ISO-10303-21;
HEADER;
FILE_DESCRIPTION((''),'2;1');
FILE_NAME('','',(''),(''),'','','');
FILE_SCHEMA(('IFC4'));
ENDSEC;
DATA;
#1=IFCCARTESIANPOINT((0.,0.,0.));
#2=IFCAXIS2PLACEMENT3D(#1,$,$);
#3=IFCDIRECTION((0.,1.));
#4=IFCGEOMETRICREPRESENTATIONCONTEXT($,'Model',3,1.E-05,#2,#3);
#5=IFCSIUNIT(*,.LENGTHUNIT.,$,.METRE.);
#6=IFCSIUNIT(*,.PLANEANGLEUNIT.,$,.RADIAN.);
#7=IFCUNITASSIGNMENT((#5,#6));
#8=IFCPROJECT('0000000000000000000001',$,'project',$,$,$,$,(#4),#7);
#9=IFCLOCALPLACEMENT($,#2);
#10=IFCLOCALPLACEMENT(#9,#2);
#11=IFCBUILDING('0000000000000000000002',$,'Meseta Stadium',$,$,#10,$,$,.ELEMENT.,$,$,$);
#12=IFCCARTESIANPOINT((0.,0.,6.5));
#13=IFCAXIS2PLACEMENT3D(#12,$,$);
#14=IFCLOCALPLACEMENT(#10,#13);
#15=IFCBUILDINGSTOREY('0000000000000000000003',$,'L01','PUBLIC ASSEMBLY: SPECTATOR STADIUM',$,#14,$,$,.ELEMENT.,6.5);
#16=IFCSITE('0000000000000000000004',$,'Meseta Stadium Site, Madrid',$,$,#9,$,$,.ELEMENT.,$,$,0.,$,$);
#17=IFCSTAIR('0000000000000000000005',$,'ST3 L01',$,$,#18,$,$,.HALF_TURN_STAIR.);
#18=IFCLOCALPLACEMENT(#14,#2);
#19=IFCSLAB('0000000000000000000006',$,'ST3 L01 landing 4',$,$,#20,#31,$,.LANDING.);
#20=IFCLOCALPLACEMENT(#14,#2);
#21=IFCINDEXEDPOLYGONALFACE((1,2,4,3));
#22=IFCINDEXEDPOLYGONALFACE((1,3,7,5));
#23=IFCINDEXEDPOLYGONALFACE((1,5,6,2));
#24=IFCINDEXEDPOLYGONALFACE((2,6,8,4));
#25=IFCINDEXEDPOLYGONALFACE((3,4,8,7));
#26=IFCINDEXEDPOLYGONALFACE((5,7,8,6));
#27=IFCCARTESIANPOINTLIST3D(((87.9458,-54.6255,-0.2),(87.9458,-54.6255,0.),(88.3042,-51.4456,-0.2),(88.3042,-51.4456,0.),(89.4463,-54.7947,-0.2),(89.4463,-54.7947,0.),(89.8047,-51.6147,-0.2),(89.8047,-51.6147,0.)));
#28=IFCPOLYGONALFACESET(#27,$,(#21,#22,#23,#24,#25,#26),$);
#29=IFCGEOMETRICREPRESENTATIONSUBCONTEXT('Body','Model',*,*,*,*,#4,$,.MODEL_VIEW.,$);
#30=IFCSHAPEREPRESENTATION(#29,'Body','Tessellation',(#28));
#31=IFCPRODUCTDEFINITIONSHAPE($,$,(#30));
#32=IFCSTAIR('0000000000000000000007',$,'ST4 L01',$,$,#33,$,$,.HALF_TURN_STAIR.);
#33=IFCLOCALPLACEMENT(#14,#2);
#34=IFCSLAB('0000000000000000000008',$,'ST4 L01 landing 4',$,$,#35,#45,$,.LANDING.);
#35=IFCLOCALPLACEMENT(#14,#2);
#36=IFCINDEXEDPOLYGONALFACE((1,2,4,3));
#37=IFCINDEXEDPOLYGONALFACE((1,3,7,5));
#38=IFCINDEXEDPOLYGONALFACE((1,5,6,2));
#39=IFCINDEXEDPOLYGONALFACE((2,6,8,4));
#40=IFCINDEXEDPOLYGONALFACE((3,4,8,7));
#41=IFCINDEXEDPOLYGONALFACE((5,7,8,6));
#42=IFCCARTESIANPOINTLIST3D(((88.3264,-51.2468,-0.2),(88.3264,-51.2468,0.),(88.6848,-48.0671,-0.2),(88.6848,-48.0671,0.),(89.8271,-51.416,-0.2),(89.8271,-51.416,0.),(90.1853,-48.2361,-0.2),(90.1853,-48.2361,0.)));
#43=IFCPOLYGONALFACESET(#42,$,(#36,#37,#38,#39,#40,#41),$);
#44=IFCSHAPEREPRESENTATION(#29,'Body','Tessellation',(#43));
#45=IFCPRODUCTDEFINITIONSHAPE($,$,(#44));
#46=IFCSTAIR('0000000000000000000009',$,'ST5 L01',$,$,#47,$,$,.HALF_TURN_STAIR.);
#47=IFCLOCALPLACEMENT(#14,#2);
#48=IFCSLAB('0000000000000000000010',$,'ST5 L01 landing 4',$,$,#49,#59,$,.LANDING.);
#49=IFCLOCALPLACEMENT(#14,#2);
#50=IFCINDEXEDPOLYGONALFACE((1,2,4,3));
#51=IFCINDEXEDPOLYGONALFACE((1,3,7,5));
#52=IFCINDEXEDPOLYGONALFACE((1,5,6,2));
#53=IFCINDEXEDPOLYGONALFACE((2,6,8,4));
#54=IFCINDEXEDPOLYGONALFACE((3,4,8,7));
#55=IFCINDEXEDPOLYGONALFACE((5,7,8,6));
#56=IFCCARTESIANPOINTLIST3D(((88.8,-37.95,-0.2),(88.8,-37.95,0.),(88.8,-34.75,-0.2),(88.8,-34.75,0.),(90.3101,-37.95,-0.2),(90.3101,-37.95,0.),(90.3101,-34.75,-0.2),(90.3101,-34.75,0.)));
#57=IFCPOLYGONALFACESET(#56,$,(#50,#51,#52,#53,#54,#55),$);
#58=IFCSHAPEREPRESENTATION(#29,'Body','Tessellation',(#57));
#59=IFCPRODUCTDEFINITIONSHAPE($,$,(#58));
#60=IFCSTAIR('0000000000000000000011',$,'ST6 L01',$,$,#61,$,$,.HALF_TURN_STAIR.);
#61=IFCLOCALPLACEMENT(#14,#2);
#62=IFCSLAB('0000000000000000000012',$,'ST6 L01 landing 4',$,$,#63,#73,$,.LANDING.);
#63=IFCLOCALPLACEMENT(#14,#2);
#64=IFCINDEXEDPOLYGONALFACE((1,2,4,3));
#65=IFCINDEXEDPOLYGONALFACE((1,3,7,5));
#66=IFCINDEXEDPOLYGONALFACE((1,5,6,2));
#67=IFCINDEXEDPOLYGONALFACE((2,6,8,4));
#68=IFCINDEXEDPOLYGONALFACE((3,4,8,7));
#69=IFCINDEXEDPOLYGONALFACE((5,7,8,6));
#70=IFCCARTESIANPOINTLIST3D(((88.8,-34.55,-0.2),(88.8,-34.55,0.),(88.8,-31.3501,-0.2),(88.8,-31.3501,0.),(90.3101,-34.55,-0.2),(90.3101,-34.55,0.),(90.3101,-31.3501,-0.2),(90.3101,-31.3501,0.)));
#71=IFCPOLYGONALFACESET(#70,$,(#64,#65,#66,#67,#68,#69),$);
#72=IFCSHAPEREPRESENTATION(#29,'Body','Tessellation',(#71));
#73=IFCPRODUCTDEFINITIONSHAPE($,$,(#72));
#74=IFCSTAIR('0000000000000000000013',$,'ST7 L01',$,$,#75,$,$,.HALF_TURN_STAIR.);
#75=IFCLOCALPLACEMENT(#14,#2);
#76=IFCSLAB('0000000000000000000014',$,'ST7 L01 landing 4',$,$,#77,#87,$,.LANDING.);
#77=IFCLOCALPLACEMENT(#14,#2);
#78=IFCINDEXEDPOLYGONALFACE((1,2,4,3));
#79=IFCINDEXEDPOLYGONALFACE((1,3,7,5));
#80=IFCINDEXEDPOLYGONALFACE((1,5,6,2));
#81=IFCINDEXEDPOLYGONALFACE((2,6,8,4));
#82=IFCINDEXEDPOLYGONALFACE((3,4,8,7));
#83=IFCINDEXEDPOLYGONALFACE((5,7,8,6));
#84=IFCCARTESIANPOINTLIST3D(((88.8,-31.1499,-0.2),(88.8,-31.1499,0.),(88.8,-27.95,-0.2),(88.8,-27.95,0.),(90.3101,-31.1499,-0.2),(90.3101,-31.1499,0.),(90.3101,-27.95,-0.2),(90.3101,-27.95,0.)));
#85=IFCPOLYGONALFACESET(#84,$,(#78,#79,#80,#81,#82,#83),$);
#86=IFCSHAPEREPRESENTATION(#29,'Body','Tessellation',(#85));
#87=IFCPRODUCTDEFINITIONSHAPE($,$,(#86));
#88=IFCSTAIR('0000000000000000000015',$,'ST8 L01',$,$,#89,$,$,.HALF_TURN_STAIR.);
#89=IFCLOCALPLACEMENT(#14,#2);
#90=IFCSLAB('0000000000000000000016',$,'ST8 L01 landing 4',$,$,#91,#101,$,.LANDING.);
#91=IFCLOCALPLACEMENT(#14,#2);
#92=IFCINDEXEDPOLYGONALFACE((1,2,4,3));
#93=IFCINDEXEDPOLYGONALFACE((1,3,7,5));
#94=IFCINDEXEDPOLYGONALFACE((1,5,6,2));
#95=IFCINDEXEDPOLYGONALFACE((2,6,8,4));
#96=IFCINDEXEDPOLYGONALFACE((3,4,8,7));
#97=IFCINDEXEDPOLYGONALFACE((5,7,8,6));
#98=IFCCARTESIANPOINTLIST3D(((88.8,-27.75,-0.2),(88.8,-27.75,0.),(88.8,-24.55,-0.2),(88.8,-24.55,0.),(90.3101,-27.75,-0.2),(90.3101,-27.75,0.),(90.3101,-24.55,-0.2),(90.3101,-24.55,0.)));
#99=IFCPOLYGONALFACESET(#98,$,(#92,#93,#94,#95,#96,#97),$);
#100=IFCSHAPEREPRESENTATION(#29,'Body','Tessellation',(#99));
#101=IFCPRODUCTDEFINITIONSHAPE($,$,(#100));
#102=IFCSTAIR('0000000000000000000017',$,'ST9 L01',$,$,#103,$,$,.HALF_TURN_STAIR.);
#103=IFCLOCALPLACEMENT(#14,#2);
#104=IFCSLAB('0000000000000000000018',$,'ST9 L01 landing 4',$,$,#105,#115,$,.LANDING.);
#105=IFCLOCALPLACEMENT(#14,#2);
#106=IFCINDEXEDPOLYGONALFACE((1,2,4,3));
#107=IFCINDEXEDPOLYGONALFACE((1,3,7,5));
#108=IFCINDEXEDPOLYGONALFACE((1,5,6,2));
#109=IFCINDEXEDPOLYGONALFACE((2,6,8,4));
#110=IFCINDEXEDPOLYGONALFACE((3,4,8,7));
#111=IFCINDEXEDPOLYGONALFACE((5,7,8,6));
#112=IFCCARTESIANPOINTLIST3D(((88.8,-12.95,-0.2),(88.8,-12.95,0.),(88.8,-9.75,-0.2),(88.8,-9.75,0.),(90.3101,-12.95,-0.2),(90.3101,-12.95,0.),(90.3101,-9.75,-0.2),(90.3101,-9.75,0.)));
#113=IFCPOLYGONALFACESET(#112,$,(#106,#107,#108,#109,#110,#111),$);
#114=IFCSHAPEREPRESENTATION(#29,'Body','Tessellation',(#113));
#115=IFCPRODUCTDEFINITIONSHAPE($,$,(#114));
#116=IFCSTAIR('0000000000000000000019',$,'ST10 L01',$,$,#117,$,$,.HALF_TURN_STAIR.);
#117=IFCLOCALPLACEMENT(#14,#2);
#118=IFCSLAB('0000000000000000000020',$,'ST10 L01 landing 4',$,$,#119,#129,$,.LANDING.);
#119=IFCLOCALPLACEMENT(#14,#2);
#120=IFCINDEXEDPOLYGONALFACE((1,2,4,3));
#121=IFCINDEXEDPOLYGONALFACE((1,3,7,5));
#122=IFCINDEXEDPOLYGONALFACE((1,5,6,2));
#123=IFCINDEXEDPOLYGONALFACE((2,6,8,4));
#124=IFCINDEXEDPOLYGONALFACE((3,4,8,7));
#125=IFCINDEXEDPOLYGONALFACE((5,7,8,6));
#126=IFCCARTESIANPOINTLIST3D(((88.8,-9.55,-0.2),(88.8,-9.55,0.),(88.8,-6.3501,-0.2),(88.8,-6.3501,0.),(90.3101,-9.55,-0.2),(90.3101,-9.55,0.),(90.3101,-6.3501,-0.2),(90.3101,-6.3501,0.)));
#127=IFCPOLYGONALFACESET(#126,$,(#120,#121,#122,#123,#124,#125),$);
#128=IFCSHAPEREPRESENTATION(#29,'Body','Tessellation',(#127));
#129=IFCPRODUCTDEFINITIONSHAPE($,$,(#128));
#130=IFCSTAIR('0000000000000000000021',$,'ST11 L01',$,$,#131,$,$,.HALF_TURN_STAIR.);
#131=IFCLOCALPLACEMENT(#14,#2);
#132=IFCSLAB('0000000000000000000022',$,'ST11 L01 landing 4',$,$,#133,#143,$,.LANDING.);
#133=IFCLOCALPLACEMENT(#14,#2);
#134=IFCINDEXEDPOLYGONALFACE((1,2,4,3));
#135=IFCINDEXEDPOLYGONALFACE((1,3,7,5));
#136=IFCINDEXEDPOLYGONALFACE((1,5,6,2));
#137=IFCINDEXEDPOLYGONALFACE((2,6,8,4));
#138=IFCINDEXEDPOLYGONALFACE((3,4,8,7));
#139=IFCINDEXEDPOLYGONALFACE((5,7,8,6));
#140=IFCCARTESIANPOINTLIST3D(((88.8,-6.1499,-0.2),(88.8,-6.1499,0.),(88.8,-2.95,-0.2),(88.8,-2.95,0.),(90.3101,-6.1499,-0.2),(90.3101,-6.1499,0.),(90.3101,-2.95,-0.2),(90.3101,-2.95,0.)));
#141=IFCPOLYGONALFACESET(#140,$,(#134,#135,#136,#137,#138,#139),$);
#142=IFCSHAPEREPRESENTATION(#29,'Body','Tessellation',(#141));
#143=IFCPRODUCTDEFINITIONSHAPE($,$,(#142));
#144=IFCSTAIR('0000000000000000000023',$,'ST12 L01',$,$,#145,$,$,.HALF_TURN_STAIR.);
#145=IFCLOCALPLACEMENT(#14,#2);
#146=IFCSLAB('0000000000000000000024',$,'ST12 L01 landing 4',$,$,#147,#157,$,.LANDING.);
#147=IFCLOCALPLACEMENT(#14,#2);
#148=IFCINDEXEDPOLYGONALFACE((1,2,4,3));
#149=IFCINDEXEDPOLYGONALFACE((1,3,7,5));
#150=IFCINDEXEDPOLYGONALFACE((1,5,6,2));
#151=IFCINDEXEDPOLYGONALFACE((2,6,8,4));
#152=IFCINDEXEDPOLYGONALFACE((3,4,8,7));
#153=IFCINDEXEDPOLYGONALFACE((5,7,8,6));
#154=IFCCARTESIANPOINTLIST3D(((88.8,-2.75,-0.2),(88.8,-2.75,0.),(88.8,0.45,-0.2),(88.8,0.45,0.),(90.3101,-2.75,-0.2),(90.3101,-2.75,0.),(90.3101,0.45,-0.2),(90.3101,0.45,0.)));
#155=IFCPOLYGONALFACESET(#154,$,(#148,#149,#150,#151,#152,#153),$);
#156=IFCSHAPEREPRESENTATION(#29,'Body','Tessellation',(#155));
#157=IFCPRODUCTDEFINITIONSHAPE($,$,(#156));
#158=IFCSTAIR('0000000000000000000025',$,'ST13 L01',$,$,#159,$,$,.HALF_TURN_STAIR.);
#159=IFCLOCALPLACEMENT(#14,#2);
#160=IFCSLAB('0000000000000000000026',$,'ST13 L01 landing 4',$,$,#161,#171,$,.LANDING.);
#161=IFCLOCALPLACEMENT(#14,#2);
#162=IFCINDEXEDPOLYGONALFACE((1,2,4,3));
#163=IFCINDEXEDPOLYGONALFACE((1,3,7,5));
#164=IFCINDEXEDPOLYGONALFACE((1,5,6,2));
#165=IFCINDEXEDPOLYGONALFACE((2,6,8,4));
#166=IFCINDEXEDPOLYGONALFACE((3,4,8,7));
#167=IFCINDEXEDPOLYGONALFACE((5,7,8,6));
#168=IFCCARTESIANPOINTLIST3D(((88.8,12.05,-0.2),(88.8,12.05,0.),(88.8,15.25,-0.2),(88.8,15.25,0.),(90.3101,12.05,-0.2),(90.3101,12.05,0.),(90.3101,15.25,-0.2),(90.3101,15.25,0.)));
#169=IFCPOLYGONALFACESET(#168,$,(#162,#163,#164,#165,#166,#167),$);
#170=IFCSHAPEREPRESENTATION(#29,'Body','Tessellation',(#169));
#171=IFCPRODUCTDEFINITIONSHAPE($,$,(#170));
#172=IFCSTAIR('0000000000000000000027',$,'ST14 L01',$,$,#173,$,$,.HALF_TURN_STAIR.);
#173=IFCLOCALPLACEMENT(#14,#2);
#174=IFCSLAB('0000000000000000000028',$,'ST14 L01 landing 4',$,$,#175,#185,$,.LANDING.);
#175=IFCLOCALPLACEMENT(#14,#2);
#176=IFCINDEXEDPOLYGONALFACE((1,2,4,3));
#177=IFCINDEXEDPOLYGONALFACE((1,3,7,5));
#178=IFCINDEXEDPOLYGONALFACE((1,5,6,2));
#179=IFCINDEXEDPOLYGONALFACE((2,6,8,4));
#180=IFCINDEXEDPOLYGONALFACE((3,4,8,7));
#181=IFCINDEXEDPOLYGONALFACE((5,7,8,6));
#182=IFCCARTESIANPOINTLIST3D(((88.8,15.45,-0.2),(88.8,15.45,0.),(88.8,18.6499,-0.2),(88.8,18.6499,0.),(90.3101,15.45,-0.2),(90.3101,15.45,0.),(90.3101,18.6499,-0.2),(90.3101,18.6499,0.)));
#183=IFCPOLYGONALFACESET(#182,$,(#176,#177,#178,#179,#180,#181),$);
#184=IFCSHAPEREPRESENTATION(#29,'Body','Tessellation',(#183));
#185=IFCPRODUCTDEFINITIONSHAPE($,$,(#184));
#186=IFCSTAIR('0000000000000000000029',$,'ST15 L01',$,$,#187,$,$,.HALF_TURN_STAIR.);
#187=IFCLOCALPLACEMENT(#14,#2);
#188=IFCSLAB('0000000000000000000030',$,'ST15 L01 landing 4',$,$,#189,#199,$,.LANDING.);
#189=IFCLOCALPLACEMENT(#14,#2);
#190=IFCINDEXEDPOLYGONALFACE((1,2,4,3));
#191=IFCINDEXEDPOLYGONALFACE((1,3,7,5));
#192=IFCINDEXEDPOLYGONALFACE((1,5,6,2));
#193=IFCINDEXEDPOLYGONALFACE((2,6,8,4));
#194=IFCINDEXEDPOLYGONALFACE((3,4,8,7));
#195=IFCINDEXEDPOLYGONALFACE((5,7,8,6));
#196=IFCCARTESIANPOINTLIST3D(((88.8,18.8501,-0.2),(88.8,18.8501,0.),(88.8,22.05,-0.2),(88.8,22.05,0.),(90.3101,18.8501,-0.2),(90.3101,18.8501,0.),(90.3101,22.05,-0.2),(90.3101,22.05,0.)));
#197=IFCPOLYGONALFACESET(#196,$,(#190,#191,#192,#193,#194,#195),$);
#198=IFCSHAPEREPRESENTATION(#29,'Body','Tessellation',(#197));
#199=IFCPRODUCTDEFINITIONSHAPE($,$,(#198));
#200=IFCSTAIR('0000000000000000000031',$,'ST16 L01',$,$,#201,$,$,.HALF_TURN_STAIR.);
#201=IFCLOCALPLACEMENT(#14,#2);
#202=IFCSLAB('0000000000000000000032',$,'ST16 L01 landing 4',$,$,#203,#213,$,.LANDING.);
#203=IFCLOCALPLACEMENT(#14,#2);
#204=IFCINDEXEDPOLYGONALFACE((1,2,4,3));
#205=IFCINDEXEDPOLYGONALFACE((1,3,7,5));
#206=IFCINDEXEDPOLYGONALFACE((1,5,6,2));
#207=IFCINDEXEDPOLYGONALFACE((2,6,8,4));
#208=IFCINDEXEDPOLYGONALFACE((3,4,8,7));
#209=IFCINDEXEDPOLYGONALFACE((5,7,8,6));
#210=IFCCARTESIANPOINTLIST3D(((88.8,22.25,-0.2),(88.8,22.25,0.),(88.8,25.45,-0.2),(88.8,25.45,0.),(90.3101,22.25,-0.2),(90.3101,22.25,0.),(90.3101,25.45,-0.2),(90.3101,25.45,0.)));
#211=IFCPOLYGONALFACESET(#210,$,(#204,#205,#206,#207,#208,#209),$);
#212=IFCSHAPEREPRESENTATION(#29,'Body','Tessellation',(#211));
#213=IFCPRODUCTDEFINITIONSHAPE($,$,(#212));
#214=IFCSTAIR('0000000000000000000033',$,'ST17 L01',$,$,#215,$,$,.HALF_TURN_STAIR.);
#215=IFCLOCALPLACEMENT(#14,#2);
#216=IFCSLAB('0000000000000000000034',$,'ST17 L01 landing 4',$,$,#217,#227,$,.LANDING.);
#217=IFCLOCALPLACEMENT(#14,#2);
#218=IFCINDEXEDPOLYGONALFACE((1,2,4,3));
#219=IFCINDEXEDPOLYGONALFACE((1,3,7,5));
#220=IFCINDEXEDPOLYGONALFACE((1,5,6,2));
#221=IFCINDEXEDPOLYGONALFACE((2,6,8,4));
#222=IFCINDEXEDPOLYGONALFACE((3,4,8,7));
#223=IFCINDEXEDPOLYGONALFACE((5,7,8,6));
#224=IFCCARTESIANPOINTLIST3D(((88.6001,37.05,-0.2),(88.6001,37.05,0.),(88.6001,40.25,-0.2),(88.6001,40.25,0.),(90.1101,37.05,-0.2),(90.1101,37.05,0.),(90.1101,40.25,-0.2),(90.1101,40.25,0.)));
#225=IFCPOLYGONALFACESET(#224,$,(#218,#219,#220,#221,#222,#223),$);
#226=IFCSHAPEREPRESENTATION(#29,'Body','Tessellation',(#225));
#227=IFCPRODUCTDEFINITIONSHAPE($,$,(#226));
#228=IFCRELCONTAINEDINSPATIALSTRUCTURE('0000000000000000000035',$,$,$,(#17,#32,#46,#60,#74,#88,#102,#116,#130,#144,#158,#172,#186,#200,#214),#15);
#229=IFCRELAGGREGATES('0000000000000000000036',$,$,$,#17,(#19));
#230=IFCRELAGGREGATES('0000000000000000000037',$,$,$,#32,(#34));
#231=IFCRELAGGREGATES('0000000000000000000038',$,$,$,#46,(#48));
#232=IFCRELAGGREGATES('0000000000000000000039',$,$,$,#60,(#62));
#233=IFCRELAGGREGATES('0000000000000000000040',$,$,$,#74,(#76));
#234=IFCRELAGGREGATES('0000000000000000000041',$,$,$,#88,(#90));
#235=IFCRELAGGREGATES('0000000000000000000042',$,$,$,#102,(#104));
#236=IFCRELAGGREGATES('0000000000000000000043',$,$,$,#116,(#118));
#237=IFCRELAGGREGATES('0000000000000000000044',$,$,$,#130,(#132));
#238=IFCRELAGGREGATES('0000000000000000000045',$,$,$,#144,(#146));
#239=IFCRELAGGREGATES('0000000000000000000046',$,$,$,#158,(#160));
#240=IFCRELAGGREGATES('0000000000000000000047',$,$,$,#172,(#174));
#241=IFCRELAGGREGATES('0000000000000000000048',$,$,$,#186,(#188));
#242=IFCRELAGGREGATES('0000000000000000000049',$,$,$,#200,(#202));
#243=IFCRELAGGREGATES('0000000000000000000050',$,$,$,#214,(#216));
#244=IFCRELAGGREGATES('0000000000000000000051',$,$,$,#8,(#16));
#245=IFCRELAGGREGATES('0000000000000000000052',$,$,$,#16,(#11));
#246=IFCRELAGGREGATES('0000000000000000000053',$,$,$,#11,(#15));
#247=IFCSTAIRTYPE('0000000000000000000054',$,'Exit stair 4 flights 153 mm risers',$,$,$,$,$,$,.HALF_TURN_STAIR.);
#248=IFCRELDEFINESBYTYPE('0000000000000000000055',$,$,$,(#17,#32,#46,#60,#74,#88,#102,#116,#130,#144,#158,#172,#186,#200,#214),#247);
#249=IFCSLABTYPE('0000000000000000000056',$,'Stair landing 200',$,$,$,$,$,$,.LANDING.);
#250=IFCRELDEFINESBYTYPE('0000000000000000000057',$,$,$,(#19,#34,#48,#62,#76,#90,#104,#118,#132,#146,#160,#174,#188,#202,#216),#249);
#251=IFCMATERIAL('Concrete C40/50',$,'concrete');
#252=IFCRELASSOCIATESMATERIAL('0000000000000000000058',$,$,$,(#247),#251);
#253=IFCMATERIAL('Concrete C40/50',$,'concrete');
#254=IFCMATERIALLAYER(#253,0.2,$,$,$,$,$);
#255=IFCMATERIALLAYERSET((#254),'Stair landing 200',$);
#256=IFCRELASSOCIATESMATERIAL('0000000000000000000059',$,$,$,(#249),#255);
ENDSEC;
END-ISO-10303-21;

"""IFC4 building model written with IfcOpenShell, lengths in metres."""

from ifc_helpers import new_model, si_unit, direction, frame, origin, place, context, subcontext, project, spatial, polyline, outline, extrude, material, layer, layer_set, type_object, element, aggregate, save


model = new_model("IFC4")

# Units and contexts
model_context = context("Model", 3, precision=1e-05, world=origin(), true_north=direction((0.0, 1.0)))
body_context = subcontext(model_context, "Body", "Model", "MODEL_VIEW")
ifc_project = project(units=[si_unit("LENGTHUNIT", "METRE"), si_unit("PLANEANGLEUNIT", "RADIAN")], contexts=[model_context])

# Site, building, storey
site_placement = place(None, origin())
site = spatial("IfcSite", under=ifc_project, at=site_placement, Name="Meseta Stadium Site, Madrid", CompositionType="ELEMENT", RefElevation=0.0)
building_placement = place(site_placement, origin())
building = spatial("IfcBuilding", under=site, at=building_placement, Name="Meseta Stadium", CompositionType="ELEMENT")
storey_placement = place(building_placement, frame((0.0, 0.0, 6.5)))
storey = spatial("IfcBuildingStorey", under=building, at=storey_placement, Name="L01", Description="PUBLIC ASSEMBLY: SPECTATOR STADIUM", CompositionType="ELEMENT", Elevation=6.5)

# Stairs, slabs
ifc_material_1 = material(Name="Concrete C40/50", Category="concrete")
stair_type = type_object("IfcStairType", Name="Exit stair 4 flights 153 mm risers", PredefinedType="HALF_TURN_STAIR", material=ifc_material_1)
ifc_material_2 = material(Name="Concrete C40/50", Category="concrete")
ifc_layer_1 = layer(ifc_material_2, 0.2)
ifc_layer_set_1 = layer_set([ifc_layer_1], Name="Stair landing 200")
slab_type_1 = type_object("IfcSlabType", Name="Stair landing 200", PredefinedType="LANDING", material=ifc_layer_set_1)
stair_1_placement = place(storey_placement, origin())
stair_1 = element("IfcStair", 1, at=stair_1_placement, inside=storey, type_object=stair_type, Name="ST3 L01", PredefinedType="HALF_TURN_STAIR")
slab_1_placement = place(storey_placement, frame((0.0, 0.0, -0.2)))
slab_1 = element("IfcSlab", 2, at=slab_1_placement, type_object=slab_type_1, Name="ST3 L01 landing 4", PredefinedType="LANDING", context=body_context, shape_type="SweptSolid", body=[
    extrude(outline(polyline([(87.9458, -54.6255), (89.4463, -54.7947), (89.8047, -51.6147), (88.3042, -51.4456), (87.9458, -54.6255)])), origin(), (0.0, 0.0, 1.0), 0.2),
])
aggregate(stair_1, [slab_1])
stair_2_placement = place(storey_placement, origin())
stair_2 = element("IfcStair", 3, at=stair_2_placement, inside=storey, type_object=stair_type, Name="ST4 L01", PredefinedType="HALF_TURN_STAIR")
slab_2_placement = place(storey_placement, frame((0.0, 0.0, -0.2)))
slab_2 = element("IfcSlab", 4, at=slab_2_placement, type_object=slab_type_1, Name="ST4 L01 landing 4", PredefinedType="LANDING", context=body_context, shape_type="SweptSolid", body=[
    extrude(outline(polyline([(88.3264, -51.2468), (89.8271, -51.416), (90.1853, -48.2361), (88.6848, -48.0671), (88.3264, -51.2468)])), origin(), (0.0, 0.0, 1.0), 0.2),
])
aggregate(stair_2, [slab_2])
stair_3_placement = place(storey_placement, origin())
stair_3 = element("IfcStair", 5, at=stair_3_placement, inside=storey, type_object=stair_type, Name="ST5 L01", PredefinedType="HALF_TURN_STAIR")
slab_3_placement = place(storey_placement, frame((0.0, 0.0, -0.2)))
slab_3 = element("IfcSlab", 6, at=slab_3_placement, type_object=slab_type_1, Name="ST5 L01 landing 4", PredefinedType="LANDING", context=body_context, shape_type="SweptSolid", body=[
    extrude(outline(polyline([(88.8, -37.95), (90.3101, -37.95), (90.3101, -34.75), (88.8, -34.75), (88.8, -37.95)])), origin(), (0.0, 0.0, 1.0), 0.2),
])
aggregate(stair_3, [slab_3])
stair_4_placement = place(storey_placement, origin())
stair_4 = element("IfcStair", 7, at=stair_4_placement, inside=storey, type_object=stair_type, Name="ST6 L01", PredefinedType="HALF_TURN_STAIR")
slab_4_placement = place(storey_placement, frame((0.0, 0.0, -0.2)))
slab_4 = element("IfcSlab", 8, at=slab_4_placement, type_object=slab_type_1, Name="ST6 L01 landing 4", PredefinedType="LANDING", context=body_context, shape_type="SweptSolid", body=[
    extrude(outline(polyline([(88.8, -34.55), (90.3101, -34.55), (90.3101, -31.3501), (88.8, -31.3501), (88.8, -34.55)])), origin(), (0.0, 0.0, 1.0), 0.2),
])
aggregate(stair_4, [slab_4])
stair_5_placement = place(storey_placement, origin())
stair_5 = element("IfcStair", 9, at=stair_5_placement, inside=storey, type_object=stair_type, Name="ST7 L01", PredefinedType="HALF_TURN_STAIR")
slab_5_placement = place(storey_placement, frame((0.0, 0.0, -0.2)))
slab_5 = element("IfcSlab", 10, at=slab_5_placement, type_object=slab_type_1, Name="ST7 L01 landing 4", PredefinedType="LANDING", context=body_context, shape_type="SweptSolid", body=[
    extrude(outline(polyline([(88.8, -31.1499), (90.3101, -31.1499), (90.3101, -27.95), (88.8, -27.95), (88.8, -31.1499)])), origin(), (0.0, 0.0, 1.0), 0.2),
])
aggregate(stair_5, [slab_5])
stair_6_placement = place(storey_placement, origin())
stair_6 = element("IfcStair", 11, at=stair_6_placement, inside=storey, type_object=stair_type, Name="ST8 L01", PredefinedType="HALF_TURN_STAIR")
slab_6_placement = place(storey_placement, frame((0.0, 0.0, -0.2)))
slab_6 = element("IfcSlab", 12, at=slab_6_placement, type_object=slab_type_1, Name="ST8 L01 landing 4", PredefinedType="LANDING", context=body_context, shape_type="SweptSolid", body=[
    extrude(outline(polyline([(88.8, -27.75), (90.3101, -27.75), (90.3101, -24.55), (88.8, -24.55), (88.8, -27.75)])), origin(), (0.0, 0.0, 1.0), 0.2),
])
aggregate(stair_6, [slab_6])
stair_7_placement = place(storey_placement, origin())
stair_7 = element("IfcStair", 13, at=stair_7_placement, inside=storey, type_object=stair_type, Name="ST9 L01", PredefinedType="HALF_TURN_STAIR")
slab_7_placement = place(storey_placement, frame((0.0, 0.0, -0.2)))
slab_7 = element("IfcSlab", 14, at=slab_7_placement, type_object=slab_type_1, Name="ST9 L01 landing 4", PredefinedType="LANDING", context=body_context, shape_type="SweptSolid", body=[
    extrude(outline(polyline([(88.8, -12.95), (90.3101, -12.95), (90.3101, -9.75), (88.8, -9.75), (88.8, -12.95)])), origin(), (0.0, 0.0, 1.0), 0.2),
])
aggregate(stair_7, [slab_7])
stair_8_placement = place(storey_placement, origin())
stair_8 = element("IfcStair", 15, at=stair_8_placement, inside=storey, type_object=stair_type, Name="ST10 L01", PredefinedType="HALF_TURN_STAIR")
slab_8_placement = place(storey_placement, frame((0.0, 0.0, -0.2)))
slab_8 = element("IfcSlab", 16, at=slab_8_placement, type_object=slab_type_1, Name="ST10 L01 landing 4", PredefinedType="LANDING", context=body_context, shape_type="SweptSolid", body=[
    extrude(outline(polyline([(88.8, -9.55), (90.3101, -9.55), (90.3101, -6.3501), (88.8, -6.3501), (88.8, -9.55)])), origin(), (0.0, 0.0, 1.0), 0.2),
])
aggregate(stair_8, [slab_8])
stair_9_placement = place(storey_placement, origin())
stair_9 = element("IfcStair", 17, at=stair_9_placement, inside=storey, type_object=stair_type, Name="ST11 L01", PredefinedType="HALF_TURN_STAIR")
slab_9_placement = place(storey_placement, frame((0.0, 0.0, -0.2)))
slab_9 = element("IfcSlab", 18, at=slab_9_placement, type_object=slab_type_1, Name="ST11 L01 landing 4", PredefinedType="LANDING", context=body_context, shape_type="SweptSolid", body=[
    extrude(outline(polyline([(88.8, -6.1499), (90.3101, -6.1499), (90.3101, -2.95), (88.8, -2.95), (88.8, -6.1499)])), origin(), (0.0, 0.0, 1.0), 0.2),
])
aggregate(stair_9, [slab_9])
stair_10_placement = place(storey_placement, origin())
stair_10 = element("IfcStair", 19, at=stair_10_placement, inside=storey, type_object=stair_type, Name="ST12 L01", PredefinedType="HALF_TURN_STAIR")
slab_10_placement = place(storey_placement, frame((0.0, 0.0, -0.2)))
slab_10 = element("IfcSlab", 20, at=slab_10_placement, type_object=slab_type_1, Name="ST12 L01 landing 4", PredefinedType="LANDING", context=body_context, shape_type="SweptSolid", body=[
    extrude(outline(polyline([(88.8, -2.75), (90.3101, -2.75), (90.3101, 0.45), (88.8, 0.45), (88.8, -2.75)])), origin(), (0.0, 0.0, 1.0), 0.2),
])
aggregate(stair_10, [slab_10])
stair_11_placement = place(storey_placement, origin())
stair_11 = element("IfcStair", 21, at=stair_11_placement, inside=storey, type_object=stair_type, Name="ST13 L01", PredefinedType="HALF_TURN_STAIR")
slab_11_placement = place(storey_placement, frame((0.0, 0.0, -0.2)))
slab_11 = element("IfcSlab", 22, at=slab_11_placement, type_object=slab_type_1, Name="ST13 L01 landing 4", PredefinedType="LANDING", context=body_context, shape_type="SweptSolid", body=[
    extrude(outline(polyline([(88.8, 12.05), (90.3101, 12.05), (90.3101, 15.25), (88.8, 15.25), (88.8, 12.05)])), origin(), (0.0, 0.0, 1.0), 0.2),
])
aggregate(stair_11, [slab_11])
stair_12_placement = place(storey_placement, origin())
stair_12 = element("IfcStair", 23, at=stair_12_placement, inside=storey, type_object=stair_type, Name="ST14 L01", PredefinedType="HALF_TURN_STAIR")
slab_12_placement = place(storey_placement, frame((0.0, 0.0, -0.2)))
slab_12 = element("IfcSlab", 24, at=slab_12_placement, type_object=slab_type_1, Name="ST14 L01 landing 4", PredefinedType="LANDING", context=body_context, shape_type="SweptSolid", body=[
    extrude(outline(polyline([(88.8, 15.45), (90.3101, 15.45), (90.3101, 18.6499), (88.8, 18.6499), (88.8, 15.45)])), origin(), (0.0, 0.0, 1.0), 0.2),
])
aggregate(stair_12, [slab_12])
stair_13_placement = place(storey_placement, origin())
stair_13 = element("IfcStair", 25, at=stair_13_placement, inside=storey, type_object=stair_type, Name="ST15 L01", PredefinedType="HALF_TURN_STAIR")
slab_13_placement = place(storey_placement, frame((0.0, 0.0, -0.2)))
slab_13 = element("IfcSlab", 26, at=slab_13_placement, type_object=slab_type_1, Name="ST15 L01 landing 4", PredefinedType="LANDING", context=body_context, shape_type="SweptSolid", body=[
    extrude(outline(polyline([(88.8, 18.8501), (90.3101, 18.8501), (90.3101, 22.05), (88.8, 22.05), (88.8, 18.8501)])), origin(), (0.0, 0.0, 1.0), 0.2),
])
aggregate(stair_13, [slab_13])
stair_14_placement = place(storey_placement, origin())
stair_14 = element("IfcStair", 27, at=stair_14_placement, inside=storey, type_object=stair_type, Name="ST16 L01", PredefinedType="HALF_TURN_STAIR")
slab_14_placement = place(storey_placement, frame((0.0, 0.0, -0.2)))
slab_14 = element("IfcSlab", 28, at=slab_14_placement, type_object=slab_type_1, Name="ST16 L01 landing 4", PredefinedType="LANDING", context=body_context, shape_type="SweptSolid", body=[
    extrude(outline(polyline([(88.8, 22.25), (90.3101, 22.25), (90.3101, 25.45), (88.8, 25.45), (88.8, 22.25)])), origin(), (0.0, 0.0, 1.0), 0.2),
])
aggregate(stair_14, [slab_14])
stair_15_placement = place(storey_placement, origin())
stair_15 = element("IfcStair", 29, at=stair_15_placement, inside=storey, type_object=stair_type, Name="ST17 L01", PredefinedType="HALF_TURN_STAIR")
slab_15_placement = place(storey_placement, frame((0.0, 0.0, -0.2)))
slab_15 = element("IfcSlab", 30, at=slab_15_placement, type_object=slab_type_1, Name="ST17 L01 landing 4", PredefinedType="LANDING", context=body_context, shape_type="SweptSolid", body=[
    extrude(outline(polyline([(88.6001, 37.05), (90.1101, 37.05), (90.1101, 40.25), (88.6001, 40.25), (88.6001, 37.05)])), origin(), (0.0, 0.0, 1.0), 0.2),
])
aggregate(stair_15, [slab_15])

save(model, "model.ifc")
